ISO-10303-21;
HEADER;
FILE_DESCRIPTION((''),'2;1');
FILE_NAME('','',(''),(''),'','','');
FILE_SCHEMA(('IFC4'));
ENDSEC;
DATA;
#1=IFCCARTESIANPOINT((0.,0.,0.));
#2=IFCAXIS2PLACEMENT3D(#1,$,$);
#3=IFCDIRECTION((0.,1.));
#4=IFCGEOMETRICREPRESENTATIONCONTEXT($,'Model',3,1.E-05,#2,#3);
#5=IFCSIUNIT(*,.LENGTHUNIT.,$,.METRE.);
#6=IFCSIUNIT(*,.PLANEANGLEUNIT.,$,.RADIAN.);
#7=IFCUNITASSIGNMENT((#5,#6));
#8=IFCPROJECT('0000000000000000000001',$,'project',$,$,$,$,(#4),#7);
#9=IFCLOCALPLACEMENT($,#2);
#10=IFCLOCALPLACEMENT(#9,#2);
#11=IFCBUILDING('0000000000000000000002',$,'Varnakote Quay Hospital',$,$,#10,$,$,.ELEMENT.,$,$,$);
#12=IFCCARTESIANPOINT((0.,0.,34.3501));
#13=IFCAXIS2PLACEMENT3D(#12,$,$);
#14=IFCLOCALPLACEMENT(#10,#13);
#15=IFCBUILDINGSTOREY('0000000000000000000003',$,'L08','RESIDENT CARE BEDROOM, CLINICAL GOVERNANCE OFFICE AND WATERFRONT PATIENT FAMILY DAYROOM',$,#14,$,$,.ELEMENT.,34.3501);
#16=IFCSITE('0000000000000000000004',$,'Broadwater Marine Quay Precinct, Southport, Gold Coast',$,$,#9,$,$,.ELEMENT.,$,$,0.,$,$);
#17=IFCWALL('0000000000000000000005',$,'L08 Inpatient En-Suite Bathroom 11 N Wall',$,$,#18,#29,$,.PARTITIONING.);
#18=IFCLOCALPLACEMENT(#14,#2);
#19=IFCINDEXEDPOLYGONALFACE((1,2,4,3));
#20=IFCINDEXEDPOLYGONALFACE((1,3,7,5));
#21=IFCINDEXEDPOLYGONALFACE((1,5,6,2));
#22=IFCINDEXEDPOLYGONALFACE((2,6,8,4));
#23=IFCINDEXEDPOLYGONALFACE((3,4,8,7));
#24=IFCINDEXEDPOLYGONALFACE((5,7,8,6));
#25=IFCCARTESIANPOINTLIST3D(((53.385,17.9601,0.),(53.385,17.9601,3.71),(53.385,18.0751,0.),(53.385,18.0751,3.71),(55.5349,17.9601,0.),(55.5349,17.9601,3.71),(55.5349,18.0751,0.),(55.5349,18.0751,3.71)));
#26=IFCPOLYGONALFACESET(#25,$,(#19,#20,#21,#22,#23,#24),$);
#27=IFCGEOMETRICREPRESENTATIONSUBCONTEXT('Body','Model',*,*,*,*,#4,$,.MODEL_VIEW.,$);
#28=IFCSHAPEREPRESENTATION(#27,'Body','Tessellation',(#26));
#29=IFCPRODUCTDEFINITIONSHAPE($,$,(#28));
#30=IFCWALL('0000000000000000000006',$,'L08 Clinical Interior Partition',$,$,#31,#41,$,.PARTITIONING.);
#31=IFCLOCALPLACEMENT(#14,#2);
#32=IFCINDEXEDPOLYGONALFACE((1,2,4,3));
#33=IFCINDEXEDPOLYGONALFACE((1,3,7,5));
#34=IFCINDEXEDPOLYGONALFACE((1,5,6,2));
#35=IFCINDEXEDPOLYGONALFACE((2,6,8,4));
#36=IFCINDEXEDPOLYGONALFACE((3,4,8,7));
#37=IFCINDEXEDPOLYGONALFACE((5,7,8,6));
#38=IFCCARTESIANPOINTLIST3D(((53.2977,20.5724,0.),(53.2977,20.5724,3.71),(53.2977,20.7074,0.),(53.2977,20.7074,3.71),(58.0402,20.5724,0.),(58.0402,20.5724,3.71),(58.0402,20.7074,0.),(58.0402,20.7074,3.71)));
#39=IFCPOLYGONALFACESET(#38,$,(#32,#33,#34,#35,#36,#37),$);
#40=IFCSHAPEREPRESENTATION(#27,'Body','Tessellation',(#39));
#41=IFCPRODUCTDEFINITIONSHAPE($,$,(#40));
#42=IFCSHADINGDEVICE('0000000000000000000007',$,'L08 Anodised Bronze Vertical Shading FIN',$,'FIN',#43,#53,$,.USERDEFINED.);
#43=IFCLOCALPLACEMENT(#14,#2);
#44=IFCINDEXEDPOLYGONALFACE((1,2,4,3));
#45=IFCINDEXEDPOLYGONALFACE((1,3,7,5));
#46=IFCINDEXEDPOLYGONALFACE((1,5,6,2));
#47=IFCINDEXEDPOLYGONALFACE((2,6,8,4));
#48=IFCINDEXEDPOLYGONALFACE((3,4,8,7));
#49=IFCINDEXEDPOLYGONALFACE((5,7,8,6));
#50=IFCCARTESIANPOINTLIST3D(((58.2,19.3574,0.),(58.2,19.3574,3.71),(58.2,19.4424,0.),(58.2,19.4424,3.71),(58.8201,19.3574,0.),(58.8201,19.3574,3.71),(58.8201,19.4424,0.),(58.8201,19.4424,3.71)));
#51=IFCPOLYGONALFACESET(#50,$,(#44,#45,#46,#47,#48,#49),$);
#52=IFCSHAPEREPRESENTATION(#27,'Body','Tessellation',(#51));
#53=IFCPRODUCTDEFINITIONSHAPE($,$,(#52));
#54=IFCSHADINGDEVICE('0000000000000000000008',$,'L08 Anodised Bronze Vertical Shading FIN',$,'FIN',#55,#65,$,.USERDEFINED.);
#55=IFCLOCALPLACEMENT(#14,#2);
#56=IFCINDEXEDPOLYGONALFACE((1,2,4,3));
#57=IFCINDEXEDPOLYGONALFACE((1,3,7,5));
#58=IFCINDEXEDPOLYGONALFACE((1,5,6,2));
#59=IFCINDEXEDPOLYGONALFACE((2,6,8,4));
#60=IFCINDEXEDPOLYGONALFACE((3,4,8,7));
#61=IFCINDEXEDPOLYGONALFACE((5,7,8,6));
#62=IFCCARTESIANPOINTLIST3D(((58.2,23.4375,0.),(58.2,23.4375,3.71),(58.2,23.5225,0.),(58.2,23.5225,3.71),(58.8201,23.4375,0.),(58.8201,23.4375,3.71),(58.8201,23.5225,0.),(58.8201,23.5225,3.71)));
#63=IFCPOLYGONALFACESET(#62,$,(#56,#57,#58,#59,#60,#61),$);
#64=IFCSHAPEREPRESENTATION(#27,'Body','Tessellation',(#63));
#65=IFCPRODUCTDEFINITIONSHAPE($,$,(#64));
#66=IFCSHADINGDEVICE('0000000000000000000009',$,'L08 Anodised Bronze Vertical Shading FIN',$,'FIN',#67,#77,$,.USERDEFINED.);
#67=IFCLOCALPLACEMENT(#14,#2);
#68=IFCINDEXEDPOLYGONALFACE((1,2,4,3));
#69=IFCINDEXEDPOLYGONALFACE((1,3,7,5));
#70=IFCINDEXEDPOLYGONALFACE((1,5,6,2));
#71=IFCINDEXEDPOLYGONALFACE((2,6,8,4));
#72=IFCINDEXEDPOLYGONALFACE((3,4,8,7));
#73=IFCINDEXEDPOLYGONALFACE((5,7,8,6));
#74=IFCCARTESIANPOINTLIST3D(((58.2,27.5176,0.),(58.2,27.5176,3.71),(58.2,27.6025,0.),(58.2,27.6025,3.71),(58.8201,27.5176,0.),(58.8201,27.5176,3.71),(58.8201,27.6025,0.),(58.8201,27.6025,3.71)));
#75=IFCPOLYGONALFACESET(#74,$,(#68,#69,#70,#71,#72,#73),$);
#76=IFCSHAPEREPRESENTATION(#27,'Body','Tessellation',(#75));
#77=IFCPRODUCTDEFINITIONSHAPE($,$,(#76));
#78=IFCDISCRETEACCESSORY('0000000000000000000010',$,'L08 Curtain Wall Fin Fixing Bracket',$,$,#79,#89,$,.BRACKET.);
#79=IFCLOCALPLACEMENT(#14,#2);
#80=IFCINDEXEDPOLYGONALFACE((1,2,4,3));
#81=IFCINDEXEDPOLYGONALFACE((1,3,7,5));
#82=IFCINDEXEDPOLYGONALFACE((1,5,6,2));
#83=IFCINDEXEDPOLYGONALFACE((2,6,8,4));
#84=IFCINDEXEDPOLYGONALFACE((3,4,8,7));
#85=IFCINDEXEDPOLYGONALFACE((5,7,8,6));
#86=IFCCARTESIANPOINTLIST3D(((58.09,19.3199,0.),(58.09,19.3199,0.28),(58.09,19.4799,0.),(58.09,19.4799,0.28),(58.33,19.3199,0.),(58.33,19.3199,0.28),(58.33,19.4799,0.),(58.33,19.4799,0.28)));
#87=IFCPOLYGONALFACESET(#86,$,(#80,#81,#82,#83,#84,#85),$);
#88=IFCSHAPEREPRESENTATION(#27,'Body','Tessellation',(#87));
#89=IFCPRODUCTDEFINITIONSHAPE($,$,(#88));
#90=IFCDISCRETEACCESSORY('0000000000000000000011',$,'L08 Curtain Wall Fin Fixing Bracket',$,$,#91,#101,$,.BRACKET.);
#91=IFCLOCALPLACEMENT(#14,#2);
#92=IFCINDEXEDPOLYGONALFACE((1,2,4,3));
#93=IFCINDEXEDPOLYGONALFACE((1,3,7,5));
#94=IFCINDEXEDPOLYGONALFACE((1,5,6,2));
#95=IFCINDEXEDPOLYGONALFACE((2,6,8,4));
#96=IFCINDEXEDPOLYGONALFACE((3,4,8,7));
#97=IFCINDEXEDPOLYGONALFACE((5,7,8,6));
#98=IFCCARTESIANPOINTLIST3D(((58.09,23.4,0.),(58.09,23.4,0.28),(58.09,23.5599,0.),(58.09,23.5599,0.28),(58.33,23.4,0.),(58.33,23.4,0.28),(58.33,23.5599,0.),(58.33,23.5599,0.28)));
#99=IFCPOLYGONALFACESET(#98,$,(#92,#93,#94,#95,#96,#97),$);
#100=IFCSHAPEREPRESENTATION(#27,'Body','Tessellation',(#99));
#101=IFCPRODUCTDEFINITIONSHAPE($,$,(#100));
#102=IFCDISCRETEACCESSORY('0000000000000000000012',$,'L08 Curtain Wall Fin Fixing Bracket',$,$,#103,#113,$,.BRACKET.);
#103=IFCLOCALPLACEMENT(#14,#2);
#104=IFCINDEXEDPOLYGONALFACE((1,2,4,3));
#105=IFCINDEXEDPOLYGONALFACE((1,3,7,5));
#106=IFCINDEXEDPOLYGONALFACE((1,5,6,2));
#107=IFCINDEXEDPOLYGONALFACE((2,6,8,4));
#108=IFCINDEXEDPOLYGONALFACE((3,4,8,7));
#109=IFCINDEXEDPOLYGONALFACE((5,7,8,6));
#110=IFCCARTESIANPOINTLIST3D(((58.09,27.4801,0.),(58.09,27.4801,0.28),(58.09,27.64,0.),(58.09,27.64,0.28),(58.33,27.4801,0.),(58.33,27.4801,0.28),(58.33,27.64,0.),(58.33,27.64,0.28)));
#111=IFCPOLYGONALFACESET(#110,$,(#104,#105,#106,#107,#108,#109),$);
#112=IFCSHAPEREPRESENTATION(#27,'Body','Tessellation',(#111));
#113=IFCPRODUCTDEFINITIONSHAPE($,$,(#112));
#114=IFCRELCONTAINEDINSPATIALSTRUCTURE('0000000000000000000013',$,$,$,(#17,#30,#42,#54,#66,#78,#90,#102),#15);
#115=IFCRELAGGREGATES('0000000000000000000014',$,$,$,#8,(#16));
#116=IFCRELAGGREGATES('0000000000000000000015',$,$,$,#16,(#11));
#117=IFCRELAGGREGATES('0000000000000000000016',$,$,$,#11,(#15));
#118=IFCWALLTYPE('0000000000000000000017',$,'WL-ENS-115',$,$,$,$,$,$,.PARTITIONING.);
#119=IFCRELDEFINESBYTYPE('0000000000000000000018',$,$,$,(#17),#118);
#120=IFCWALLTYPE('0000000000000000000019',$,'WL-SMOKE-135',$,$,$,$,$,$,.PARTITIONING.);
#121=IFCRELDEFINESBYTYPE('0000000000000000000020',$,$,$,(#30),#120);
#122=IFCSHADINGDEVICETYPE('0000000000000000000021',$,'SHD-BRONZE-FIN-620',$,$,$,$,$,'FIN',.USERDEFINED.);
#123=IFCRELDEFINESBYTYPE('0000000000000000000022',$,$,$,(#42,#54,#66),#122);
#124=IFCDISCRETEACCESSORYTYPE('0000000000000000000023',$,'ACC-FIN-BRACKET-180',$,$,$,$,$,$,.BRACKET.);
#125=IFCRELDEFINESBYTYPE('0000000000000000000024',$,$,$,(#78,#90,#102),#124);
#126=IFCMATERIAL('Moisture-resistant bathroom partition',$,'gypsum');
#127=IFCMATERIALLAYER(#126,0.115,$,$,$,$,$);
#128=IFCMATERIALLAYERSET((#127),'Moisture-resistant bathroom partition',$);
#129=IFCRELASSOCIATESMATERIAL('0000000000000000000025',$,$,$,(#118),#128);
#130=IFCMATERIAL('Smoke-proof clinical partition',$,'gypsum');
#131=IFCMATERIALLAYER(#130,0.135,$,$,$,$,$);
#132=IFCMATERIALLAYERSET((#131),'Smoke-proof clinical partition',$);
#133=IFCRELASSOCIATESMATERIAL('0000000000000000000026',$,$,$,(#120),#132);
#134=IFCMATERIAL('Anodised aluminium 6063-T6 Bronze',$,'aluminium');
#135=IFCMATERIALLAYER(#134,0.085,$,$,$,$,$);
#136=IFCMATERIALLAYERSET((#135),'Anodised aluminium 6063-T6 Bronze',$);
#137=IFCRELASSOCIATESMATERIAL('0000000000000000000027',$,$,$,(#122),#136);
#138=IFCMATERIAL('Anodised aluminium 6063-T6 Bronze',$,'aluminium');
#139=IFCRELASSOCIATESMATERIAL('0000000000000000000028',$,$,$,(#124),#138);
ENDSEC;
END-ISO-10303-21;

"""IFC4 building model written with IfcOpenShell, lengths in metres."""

from ifc_helpers import new_model, si_unit, direction, frame, frame_2d, origin, origin_2d, place, context, subcontext, project, spatial, rectangle, extrude, material, layer, layer_set, type_object, element, save


model = new_model("IFC4")

# Units and contexts
model_context = context("Model", 3, precision=1e-05, world=origin(), true_north=direction((0.0, 1.0)))
body_context = subcontext(model_context, "Body", "Model", "MODEL_VIEW")
ifc_project = project(units=[si_unit("LENGTHUNIT", "METRE"), si_unit("PLANEANGLEUNIT", "RADIAN")], contexts=[model_context])

# Site, building, storey
site_placement = place(None, origin())
site = spatial("IfcSite", under=ifc_project, at=site_placement, Name="Broadwater Marine Quay Precinct, Southport, Gold Coast", CompositionType="ELEMENT", RefElevation=0.0)
building_placement = place(site_placement, origin())
building = spatial("IfcBuilding", under=site, at=building_placement, Name="Varnakote Quay Hospital", CompositionType="ELEMENT")
storey_placement = place(building_placement, frame((0.0, 0.0, 34.3501)))
storey = spatial("IfcBuildingStorey", under=building, at=storey_placement, Name="L08", Description="RESIDENT CARE BEDROOM, CLINICAL GOVERNANCE OFFICE AND WATERFRONT PATIENT FAMILY DAYROOM", CompositionType="ELEMENT", Elevation=34.3501)

# Walls
ifc_material_1 = material(Name="Moisture-resistant bathroom partition", Category="gypsum")
ifc_layer_1 = layer(ifc_material_1, 0.115)
ifc_layer_set_1 = layer_set([ifc_layer_1], Name="Moisture-resistant bathroom partition")
wall_type_1 = type_object("IfcWallType", Name="WL-ENS-115", PredefinedType="PARTITIONING", material=ifc_layer_set_1)
wall_1_placement = place(storey_placement, frame((53.385, 18.0176, 0.0), z_axis=(0.0, 0.0, 1.0), x_axis=(1.0, 0.0, 0.0)))
element("IfcWall", 1, at=wall_1_placement, inside=storey, type_object=wall_type_1, Name="L08 Inpatient En-Suite Bathroom 11 N Wall", PredefinedType="PARTITIONING", context=body_context, shape_type="SweptSolid", body=[
    extrude(rectangle(XDim=2.1499, YDim=0.115, at=frame_2d((1.075, 0.0))), origin(), (0.0, 0.0, 1.0), 3.71),
])
ifc_material_2 = material(Name="Smoke-proof clinical partition", Category="gypsum")
ifc_layer_2 = layer(ifc_material_2, 0.135)
ifc_layer_set_2 = layer_set([ifc_layer_2], Name="Smoke-proof clinical partition")
wall_type_2 = type_object("IfcWallType", Name="WL-SMOKE-135", PredefinedType="PARTITIONING", material=ifc_layer_set_2)
wall_2_placement = place(storey_placement, frame((58.04, 20.6399, 0.0), z_axis=(0.0, 0.0, 1.0), x_axis=(-1.0, 0.0, 0.0)))
element("IfcWall", 2, at=wall_2_placement, inside=storey, type_object=wall_type_2, Name="L08 Clinical Interior Partition", PredefinedType="PARTITIONING", context=body_context, shape_type="SweptSolid", body=[
    extrude(rectangle(XDim=4.7424, YDim=0.135, at=frame_2d((2.3711, 0.0))), origin(), (0.0, 0.0, 1.0), 3.71),
])

# Shading devices
ifc_material_3 = material(Name="Anodised aluminium 6063-T6 Bronze", Category="aluminium")
ifc_layer_3 = layer(ifc_material_3, 0.085)
ifc_layer_set_3 = layer_set([ifc_layer_3], Name="Anodised aluminium 6063-T6 Bronze")
shading_device_type = type_object("IfcShadingDeviceType", Name="SHD-BRONZE-FIN-620", ElementType="FIN", PredefinedType="USERDEFINED", material=ifc_layer_set_3)
for number, where, z_axis, x_axis, name in (
    (3, (58.51, 19.3999, 0.0), (0.0, 0.0, 1.0), (-1.0, 0.0, 0.0), "L08 Anodised Bronze Vertical Shading FIN"),
    (4, (58.51, 23.48, 0.0), (0.0, 0.0, 1.0), (-1.0, 0.0, 0.0), "L08 Anodised Bronze Vertical Shading FIN"),
    (5, (58.51, 27.5601, 0.0), (0.0, 0.0, 1.0), (-1.0, 0.0, 0.0), "L08 Anodised Bronze Vertical Shading FIN"),
):
    element("IfcShadingDevice", number, at=place(storey_placement, frame(where, z_axis=z_axis, x_axis=x_axis)), inside=storey, type_object=shading_device_type, Name=name, ObjectType="FIN", PredefinedType="USERDEFINED", context=body_context, shape_type="SweptSolid", body=[
        extrude(rectangle(XDim=0.6201, YDim=0.085, at=origin_2d()), origin(), (0.0, 0.0, 1.0), 3.71),
    ])

# Discrete accessories
ifc_material_4 = material(Name="Anodised aluminium 6063-T6 Bronze", Category="aluminium")
discrete_accessory_type = type_object("IfcDiscreteAccessoryType", Name="ACC-FIN-BRACKET-180", PredefinedType="BRACKET", material=ifc_material_4)
for number, where, z_axis, x_axis, name in (
    (6, (58.21, 19.3999, 0.0), (0.0, 0.0, 1.0), (0.0, 1.0, 0.0), "L08 Curtain Wall Fin Fixing Bracket"),
    (7, (58.21, 23.48, 0.0), (0.0, 0.0, 1.0), (0.0, 1.0, 0.0), "L08 Curtain Wall Fin Fixing Bracket"),
    (8, (58.21, 27.5601, 0.0), (0.0, 0.0, 1.0), (0.0, 1.0, 0.0), "L08 Curtain Wall Fin Fixing Bracket"),
):
    element("IfcDiscreteAccessory", number, at=place(storey_placement, frame(where, z_axis=z_axis, x_axis=x_axis)), inside=storey, type_object=discrete_accessory_type, Name=name, PredefinedType="BRACKET", context=body_context, shape_type="SweptSolid", body=[
        extrude(rectangle(XDim=0.1599, YDim=0.24, at=origin_2d()), origin(), (0.0, 0.0, 1.0), 0.28),
    ])

save(model, "model.ifc")
